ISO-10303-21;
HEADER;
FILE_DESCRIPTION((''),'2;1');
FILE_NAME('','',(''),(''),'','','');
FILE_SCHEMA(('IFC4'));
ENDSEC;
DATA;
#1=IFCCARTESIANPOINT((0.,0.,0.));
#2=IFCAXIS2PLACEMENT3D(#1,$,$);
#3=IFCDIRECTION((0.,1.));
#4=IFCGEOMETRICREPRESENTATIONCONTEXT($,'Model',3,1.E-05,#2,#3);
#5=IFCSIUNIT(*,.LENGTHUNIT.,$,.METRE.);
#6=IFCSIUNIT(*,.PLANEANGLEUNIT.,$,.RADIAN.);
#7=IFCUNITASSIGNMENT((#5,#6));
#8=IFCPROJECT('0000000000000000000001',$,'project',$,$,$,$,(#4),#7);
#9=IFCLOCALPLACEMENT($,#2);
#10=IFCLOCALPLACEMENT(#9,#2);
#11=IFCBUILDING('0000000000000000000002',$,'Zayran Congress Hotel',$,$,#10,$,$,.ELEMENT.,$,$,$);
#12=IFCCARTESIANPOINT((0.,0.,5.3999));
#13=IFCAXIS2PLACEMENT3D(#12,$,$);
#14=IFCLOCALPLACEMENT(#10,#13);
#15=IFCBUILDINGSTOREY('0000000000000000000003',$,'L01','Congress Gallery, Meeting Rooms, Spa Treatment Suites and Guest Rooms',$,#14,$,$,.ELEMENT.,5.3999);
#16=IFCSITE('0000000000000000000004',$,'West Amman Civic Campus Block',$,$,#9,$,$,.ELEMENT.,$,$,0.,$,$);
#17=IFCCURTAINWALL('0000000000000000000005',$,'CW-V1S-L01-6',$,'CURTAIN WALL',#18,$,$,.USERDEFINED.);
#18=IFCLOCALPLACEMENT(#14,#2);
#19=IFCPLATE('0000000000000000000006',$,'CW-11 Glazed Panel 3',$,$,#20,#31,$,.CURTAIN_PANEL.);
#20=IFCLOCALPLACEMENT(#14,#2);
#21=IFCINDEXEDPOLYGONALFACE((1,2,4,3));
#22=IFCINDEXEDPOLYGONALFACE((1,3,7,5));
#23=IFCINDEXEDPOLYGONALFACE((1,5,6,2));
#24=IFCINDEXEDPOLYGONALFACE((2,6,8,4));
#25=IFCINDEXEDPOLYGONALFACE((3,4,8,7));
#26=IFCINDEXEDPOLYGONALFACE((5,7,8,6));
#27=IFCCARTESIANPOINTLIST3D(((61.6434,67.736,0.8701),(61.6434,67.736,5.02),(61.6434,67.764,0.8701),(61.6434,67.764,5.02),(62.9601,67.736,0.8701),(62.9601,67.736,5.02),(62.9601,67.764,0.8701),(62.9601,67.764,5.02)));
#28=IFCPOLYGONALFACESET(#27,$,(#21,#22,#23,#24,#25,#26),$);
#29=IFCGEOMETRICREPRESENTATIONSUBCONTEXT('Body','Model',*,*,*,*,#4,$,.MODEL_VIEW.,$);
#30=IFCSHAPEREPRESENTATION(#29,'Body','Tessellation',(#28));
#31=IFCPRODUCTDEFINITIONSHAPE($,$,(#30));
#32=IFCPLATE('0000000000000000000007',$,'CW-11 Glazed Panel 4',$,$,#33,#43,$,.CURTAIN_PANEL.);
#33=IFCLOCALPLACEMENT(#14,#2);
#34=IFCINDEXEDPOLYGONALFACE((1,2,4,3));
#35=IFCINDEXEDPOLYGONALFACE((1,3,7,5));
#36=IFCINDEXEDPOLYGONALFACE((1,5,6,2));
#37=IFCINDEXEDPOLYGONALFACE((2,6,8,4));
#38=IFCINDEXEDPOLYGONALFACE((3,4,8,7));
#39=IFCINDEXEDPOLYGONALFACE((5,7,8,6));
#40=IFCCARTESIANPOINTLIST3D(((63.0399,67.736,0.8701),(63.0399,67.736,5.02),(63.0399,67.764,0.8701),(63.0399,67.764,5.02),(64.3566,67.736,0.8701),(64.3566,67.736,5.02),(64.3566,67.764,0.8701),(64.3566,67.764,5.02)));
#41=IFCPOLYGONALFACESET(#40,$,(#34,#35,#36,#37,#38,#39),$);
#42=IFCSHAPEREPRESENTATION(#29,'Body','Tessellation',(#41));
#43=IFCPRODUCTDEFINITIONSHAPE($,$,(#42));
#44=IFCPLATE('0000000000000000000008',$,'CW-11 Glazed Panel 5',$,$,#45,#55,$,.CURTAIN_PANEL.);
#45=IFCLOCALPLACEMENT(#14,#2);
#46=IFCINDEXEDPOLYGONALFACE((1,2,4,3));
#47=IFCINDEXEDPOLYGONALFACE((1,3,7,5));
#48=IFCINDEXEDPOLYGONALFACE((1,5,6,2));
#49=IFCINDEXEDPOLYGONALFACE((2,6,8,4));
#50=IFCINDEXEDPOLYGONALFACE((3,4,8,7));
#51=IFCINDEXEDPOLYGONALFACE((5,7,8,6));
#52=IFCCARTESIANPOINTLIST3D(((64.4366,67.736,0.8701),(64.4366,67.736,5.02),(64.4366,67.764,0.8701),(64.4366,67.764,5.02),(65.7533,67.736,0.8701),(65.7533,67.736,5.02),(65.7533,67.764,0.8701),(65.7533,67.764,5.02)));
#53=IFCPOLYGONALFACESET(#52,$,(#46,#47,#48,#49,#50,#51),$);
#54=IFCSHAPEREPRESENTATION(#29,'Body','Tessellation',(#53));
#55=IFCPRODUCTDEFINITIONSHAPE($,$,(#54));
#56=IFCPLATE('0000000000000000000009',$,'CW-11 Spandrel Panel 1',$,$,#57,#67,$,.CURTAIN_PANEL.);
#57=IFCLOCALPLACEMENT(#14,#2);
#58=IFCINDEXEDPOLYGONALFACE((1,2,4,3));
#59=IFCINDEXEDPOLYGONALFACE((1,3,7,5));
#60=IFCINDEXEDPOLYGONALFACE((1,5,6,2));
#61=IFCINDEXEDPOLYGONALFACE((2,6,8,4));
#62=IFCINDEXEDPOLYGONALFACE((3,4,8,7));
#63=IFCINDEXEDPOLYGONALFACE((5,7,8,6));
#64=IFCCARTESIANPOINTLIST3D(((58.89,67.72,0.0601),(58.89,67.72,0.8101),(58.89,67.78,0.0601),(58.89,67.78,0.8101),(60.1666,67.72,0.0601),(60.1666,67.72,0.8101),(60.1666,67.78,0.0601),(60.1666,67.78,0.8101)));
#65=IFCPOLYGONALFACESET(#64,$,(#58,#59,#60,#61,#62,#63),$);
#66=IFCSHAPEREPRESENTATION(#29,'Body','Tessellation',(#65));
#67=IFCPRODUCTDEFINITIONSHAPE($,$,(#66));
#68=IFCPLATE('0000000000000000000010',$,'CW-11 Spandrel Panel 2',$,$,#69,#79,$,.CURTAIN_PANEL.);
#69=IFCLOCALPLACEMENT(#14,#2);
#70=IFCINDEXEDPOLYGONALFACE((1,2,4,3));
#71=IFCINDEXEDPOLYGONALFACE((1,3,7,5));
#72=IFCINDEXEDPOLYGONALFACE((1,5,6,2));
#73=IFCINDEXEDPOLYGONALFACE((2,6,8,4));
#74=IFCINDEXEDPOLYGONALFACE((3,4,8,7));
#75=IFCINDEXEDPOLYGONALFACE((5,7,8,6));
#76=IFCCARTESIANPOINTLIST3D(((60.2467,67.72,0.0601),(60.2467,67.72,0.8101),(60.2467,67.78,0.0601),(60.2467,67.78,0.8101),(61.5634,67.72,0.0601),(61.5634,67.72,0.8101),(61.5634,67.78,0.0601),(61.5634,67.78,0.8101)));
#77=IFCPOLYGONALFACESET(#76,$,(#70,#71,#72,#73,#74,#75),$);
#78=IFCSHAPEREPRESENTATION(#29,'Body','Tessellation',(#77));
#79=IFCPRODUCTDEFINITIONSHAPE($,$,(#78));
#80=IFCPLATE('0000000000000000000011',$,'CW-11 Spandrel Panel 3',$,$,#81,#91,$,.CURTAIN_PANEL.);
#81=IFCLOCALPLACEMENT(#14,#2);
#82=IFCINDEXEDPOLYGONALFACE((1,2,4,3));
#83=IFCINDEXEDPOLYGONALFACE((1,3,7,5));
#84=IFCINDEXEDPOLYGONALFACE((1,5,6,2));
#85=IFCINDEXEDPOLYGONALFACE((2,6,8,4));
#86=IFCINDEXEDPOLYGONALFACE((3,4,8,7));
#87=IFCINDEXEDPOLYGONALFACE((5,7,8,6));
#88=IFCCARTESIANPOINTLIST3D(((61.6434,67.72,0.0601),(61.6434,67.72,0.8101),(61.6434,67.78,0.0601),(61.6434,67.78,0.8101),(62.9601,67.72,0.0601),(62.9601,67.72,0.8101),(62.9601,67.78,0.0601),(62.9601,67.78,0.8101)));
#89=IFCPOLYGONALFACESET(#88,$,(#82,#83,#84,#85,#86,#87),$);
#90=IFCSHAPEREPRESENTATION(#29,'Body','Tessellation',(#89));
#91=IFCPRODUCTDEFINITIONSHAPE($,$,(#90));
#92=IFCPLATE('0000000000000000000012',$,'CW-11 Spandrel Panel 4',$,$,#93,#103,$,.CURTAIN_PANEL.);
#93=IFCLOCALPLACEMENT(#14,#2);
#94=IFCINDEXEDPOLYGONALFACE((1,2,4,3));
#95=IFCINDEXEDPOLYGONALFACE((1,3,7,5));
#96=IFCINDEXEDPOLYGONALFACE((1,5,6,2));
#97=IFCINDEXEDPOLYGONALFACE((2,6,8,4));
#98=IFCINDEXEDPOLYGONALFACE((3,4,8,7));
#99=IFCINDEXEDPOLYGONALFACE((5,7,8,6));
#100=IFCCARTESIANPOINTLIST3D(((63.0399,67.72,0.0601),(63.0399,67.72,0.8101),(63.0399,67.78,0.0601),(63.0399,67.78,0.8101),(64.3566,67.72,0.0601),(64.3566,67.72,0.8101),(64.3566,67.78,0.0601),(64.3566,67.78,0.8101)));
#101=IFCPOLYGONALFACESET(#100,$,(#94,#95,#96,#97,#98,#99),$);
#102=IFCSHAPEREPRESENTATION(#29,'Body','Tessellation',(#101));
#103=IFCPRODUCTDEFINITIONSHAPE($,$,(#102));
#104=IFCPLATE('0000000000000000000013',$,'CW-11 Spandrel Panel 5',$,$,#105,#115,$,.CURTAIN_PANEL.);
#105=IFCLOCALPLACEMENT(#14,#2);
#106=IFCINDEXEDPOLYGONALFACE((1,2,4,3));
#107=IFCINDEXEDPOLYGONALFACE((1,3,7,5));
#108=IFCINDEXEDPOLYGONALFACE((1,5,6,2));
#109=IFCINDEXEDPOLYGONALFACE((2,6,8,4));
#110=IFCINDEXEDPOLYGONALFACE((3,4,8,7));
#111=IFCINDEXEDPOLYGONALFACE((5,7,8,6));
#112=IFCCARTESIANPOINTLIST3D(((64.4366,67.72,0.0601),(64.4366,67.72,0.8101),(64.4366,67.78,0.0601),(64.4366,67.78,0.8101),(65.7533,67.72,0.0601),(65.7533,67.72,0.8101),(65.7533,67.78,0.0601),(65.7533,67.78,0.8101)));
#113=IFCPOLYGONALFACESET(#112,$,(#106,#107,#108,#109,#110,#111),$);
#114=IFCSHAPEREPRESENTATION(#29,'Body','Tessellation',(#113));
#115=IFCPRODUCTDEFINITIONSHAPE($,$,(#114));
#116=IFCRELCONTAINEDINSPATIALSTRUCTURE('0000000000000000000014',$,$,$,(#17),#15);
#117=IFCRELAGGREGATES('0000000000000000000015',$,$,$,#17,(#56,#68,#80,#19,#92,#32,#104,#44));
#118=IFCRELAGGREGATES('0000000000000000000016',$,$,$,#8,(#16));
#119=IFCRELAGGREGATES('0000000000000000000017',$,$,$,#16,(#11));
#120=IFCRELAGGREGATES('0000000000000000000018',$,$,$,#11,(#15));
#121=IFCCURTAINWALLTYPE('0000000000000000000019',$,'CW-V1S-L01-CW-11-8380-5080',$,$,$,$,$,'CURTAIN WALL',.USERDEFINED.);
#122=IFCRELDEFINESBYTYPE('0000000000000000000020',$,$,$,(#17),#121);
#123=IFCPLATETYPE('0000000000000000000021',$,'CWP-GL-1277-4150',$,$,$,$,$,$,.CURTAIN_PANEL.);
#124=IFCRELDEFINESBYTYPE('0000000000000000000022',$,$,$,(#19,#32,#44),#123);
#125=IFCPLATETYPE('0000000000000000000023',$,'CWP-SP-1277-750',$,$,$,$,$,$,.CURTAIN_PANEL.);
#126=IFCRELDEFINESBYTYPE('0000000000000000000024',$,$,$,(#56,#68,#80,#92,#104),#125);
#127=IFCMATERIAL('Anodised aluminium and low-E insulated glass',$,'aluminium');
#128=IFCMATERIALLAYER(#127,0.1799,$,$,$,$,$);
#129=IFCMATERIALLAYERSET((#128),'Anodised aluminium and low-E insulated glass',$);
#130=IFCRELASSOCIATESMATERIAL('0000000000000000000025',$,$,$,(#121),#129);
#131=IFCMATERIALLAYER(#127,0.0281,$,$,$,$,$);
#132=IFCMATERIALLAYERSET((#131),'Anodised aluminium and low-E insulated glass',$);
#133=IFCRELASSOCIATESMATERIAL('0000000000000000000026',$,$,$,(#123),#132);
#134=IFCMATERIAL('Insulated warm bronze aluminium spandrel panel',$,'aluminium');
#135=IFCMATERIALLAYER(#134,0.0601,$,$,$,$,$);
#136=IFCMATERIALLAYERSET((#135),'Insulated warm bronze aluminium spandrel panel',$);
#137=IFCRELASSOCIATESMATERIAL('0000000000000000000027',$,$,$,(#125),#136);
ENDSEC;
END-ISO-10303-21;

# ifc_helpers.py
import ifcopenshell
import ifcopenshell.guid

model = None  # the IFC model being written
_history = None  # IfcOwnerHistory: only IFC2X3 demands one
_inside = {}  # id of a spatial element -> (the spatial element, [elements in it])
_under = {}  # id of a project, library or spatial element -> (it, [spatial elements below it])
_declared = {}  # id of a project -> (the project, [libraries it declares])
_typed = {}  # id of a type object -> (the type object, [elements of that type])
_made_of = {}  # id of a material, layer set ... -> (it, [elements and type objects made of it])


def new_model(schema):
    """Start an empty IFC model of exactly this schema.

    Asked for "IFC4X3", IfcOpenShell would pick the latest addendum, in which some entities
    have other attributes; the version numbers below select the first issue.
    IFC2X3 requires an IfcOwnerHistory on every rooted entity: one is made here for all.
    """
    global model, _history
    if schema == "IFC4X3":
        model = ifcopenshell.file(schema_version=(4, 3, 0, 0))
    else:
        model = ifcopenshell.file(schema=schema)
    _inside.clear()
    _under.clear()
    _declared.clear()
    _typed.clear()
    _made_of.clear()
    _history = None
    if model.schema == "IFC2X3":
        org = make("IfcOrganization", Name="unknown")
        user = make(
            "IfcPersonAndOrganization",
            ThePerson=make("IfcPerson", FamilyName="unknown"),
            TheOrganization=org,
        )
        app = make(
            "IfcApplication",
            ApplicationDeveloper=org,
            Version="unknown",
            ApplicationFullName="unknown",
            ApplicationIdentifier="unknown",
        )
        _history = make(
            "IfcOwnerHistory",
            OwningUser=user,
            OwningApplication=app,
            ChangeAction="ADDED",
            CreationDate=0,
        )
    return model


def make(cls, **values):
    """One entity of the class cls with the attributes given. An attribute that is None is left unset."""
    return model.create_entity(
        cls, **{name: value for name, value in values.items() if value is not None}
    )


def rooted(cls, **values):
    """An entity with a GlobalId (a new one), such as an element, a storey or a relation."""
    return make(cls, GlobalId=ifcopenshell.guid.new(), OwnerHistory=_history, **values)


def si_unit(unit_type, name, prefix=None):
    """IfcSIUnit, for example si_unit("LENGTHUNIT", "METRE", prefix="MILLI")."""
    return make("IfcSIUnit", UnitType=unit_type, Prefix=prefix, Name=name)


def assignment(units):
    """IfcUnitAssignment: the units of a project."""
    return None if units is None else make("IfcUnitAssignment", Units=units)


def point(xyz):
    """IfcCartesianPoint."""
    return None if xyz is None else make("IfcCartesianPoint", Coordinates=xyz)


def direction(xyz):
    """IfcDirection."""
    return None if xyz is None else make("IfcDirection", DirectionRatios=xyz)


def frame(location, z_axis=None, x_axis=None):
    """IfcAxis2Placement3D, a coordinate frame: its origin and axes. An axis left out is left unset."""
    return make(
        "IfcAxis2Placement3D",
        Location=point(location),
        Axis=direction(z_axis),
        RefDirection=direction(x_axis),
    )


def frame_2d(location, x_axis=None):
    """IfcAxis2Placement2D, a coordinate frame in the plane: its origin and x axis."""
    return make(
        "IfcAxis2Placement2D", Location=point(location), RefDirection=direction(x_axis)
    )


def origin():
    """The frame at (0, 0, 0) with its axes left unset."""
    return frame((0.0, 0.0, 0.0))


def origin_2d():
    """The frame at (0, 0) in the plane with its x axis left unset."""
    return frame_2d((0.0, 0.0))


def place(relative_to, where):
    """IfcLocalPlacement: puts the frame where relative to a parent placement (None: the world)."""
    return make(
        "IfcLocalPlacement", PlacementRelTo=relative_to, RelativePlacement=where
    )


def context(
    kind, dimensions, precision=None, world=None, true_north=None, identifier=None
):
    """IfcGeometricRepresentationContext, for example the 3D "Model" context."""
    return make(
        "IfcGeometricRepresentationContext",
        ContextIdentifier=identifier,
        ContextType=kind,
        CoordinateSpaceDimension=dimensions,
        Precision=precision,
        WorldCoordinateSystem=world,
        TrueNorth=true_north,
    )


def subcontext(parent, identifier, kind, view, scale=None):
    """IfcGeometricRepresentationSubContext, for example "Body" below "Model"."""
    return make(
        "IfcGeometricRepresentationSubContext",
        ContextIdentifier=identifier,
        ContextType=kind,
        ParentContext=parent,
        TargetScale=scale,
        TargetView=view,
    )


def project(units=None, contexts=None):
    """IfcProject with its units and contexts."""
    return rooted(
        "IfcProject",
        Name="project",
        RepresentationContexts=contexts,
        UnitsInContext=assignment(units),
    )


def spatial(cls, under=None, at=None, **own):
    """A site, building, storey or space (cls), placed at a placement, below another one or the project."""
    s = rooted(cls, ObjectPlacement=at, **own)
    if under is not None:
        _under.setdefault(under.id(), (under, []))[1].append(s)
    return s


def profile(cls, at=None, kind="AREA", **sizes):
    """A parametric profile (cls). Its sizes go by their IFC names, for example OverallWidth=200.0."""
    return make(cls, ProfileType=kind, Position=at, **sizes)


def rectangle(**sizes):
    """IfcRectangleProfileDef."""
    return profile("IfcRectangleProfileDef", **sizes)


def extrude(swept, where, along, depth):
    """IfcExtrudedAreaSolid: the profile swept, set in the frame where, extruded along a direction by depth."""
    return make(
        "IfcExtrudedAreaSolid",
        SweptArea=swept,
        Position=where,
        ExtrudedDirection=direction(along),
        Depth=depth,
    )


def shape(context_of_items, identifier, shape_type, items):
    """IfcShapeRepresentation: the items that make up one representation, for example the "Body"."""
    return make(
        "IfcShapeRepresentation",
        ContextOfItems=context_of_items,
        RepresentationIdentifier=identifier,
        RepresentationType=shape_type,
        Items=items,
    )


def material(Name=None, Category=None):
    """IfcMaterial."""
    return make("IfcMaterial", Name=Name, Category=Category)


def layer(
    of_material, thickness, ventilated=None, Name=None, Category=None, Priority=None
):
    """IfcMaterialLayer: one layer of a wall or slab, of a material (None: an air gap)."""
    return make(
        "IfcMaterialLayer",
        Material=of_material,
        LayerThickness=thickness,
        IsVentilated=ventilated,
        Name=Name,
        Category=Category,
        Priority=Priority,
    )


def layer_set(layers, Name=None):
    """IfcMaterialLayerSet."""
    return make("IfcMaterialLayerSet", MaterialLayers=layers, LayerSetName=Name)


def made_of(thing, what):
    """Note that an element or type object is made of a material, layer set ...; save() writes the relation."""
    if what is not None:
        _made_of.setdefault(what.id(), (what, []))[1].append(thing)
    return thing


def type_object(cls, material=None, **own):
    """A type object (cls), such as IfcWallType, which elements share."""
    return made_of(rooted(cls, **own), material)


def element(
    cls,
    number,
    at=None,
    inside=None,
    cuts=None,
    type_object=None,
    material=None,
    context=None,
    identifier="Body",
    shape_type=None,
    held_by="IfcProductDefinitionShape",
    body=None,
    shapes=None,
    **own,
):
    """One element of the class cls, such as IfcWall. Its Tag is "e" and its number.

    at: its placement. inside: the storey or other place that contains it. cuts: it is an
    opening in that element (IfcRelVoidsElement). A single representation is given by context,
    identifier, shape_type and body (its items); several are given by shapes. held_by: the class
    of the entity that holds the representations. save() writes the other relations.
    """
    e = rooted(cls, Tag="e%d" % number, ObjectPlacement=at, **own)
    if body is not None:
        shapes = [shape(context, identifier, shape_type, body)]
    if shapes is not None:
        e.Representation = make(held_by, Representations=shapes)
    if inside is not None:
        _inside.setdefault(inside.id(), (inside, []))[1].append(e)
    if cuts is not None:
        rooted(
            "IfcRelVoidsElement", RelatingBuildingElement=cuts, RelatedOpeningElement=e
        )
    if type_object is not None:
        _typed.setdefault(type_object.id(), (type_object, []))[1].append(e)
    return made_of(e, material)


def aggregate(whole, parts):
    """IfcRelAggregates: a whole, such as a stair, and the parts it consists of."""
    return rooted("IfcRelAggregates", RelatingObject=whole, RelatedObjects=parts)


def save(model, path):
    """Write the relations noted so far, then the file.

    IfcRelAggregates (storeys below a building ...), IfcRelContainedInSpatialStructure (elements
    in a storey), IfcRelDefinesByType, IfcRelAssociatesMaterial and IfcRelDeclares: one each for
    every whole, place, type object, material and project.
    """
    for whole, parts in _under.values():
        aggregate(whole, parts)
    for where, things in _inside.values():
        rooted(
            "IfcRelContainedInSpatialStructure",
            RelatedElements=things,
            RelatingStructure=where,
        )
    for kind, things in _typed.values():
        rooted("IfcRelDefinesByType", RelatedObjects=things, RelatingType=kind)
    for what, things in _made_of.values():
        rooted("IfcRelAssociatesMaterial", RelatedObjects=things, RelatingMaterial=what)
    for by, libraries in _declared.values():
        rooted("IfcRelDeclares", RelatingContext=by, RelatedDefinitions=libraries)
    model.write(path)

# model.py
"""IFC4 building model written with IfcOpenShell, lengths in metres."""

from ifc_helpers import new_model, si_unit, direction, frame, origin, origin_2d, place, context, subcontext, project, spatial, rectangle, extrude, material, layer, layer_set, type_object, element, aggregate, save


model = new_model("IFC4")

# Units and contexts
model_context = context("Model", 3, precision=1e-05, world=origin(), true_north=direction((0.0, 1.0)))
body_context = subcontext(model_context, "Body", "Model", "MODEL_VIEW")
ifc_project = project(units=[si_unit("LENGTHUNIT", "METRE"), si_unit("PLANEANGLEUNIT", "RADIAN")], contexts=[model_context])

# Site, building, storey
site_placement = place(None, origin())
site = spatial("IfcSite", under=ifc_project, at=site_placement, Name="West Amman Civic Campus Block", CompositionType="ELEMENT", RefElevation=0.0)
building_placement = place(site_placement, origin())
building = spatial("IfcBuilding", under=site, at=building_placement, Name="Zayran Congress Hotel", CompositionType="ELEMENT")
storey_placement = place(building_placement, frame((0.0, 0.0, 5.3999)))
storey = spatial("IfcBuildingStorey", under=building, at=storey_placement, Name="L01", Description="Congress Gallery, Meeting Rooms, Spa Treatment Suites and Guest Rooms", CompositionType="ELEMENT", Elevation=5.3999)

# Curtain wall, plates
ifc_material_1 = material(Name="Anodised aluminium and low-E insulated glass", Category="aluminium")
ifc_layer_1 = layer(ifc_material_1, 0.1799)
ifc_layer_set_1 = layer_set([ifc_layer_1], Name="Anodised aluminium and low-E insulated glass")
curtain_wall_type = type_object("IfcCurtainWallType", Name="CW-V1S-L01-CW-11-8380-5080", ElementType="CURTAIN WALL", PredefinedType="USERDEFINED", material=ifc_layer_set_1)
curtain_wall_placement = place(storey_placement, origin())
curtain_wall = element("IfcCurtainWall", 1, at=curtain_wall_placement, inside=storey, type_object=curtain_wall_type, Name="CW-V1S-L01-6", ObjectType="CURTAIN WALL", PredefinedType="USERDEFINED")
ifc_layer_2 = layer(ifc_material_1, 0.0281)
ifc_layer_set_2 = layer_set([ifc_layer_2], Name="Anodised aluminium and low-E insulated glass")
plate_type_1 = type_object("IfcPlateType", Name="CWP-GL-1277-4150", PredefinedType="CURTAIN_PANEL", material=ifc_layer_set_2)
plate_1_placement = place(storey_placement, frame((62.3018, 67.75, 0.8701), z_axis=(0.0, 0.0, 1.0), x_axis=(1.0, 0.0, 0.0)))
plate_1 = element("IfcPlate", 2, at=plate_1_placement, type_object=plate_type_1, Name="CW-11 Glazed Panel 3", PredefinedType="CURTAIN_PANEL", context=body_context, shape_type="SweptSolid", body=[
    extrude(rectangle(XDim=1.3167, YDim=0.0281, at=origin_2d()), origin(), (0.0, 0.0, 1.0), 4.1499),
])
plate_2_placement = place(storey_placement, frame((63.6982, 67.75, 0.8701), z_axis=(0.0, 0.0, 1.0), x_axis=(1.0, 0.0, 0.0)))
plate_2 = element("IfcPlate", 3, at=plate_2_placement, type_object=plate_type_1, Name="CW-11 Glazed Panel 4", PredefinedType="CURTAIN_PANEL", context=body_context, shape_type="SweptSolid", body=[
    extrude(rectangle(XDim=1.3167, YDim=0.0281, at=origin_2d()), origin(), (0.0, 0.0, 1.0), 4.1499),
])
plate_3_placement = place(storey_placement, frame((65.095, 67.75, 0.8701), z_axis=(0.0, 0.0, 1.0), x_axis=(1.0, 0.0, 0.0)))
plate_3 = element("IfcPlate", 4, at=plate_3_placement, type_object=plate_type_1, Name="CW-11 Glazed Panel 5", PredefinedType="CURTAIN_PANEL", context=body_context, shape_type="SweptSolid", body=[
    extrude(rectangle(XDim=1.3167, YDim=0.0281, at=origin_2d()), origin(), (0.0, 0.0, 1.0), 4.1499),
])
ifc_material_2 = material(Name="Insulated warm bronze aluminium spandrel panel", Category="aluminium")
ifc_layer_3 = layer(ifc_material_2, 0.0601)
ifc_layer_set_3 = layer_set([ifc_layer_3], Name="Insulated warm bronze aluminium spandrel panel")
plate_type_2 = type_object("IfcPlateType", Name="CWP-SP-1277-750", PredefinedType="CURTAIN_PANEL", material=ifc_layer_set_3)
plate_4_placement = place(storey_placement, frame((59.5283, 67.75, 0.0601), z_axis=(0.0, 0.0, 1.0), x_axis=(1.0, 0.0, 0.0)))
plate_4 = element("IfcPlate", 5, at=plate_4_placement, type_object=plate_type_2, Name="CW-11 Spandrel Panel 1", PredefinedType="CURTAIN_PANEL", context=body_context, shape_type="SweptSolid", body=[
    extrude(rectangle(XDim=1.2766, YDim=0.0601, at=origin_2d()), origin(), (0.0, 0.0, 1.0), 0.75),
])
plate_5_placement = place(storey_placement, frame((60.905, 67.75, 0.0601), z_axis=(0.0, 0.0, 1.0), x_axis=(1.0, 0.0, 0.0)))
plate_5 = element("IfcPlate", 6, at=plate_5_placement, type_object=plate_type_2, Name="CW-11 Spandrel Panel 2", PredefinedType="CURTAIN_PANEL", context=body_context, shape_type="SweptSolid", body=[
    extrude(rectangle(XDim=1.3167, YDim=0.0601, at=origin_2d()), origin(), (0.0, 0.0, 1.0), 0.75),
])
plate_6_placement = place(storey_placement, frame((62.3018, 67.75, 0.0601), z_axis=(0.0, 0.0, 1.0), x_axis=(1.0, 0.0, 0.0)))
plate_6 = element("IfcPlate", 7, at=plate_6_placement, type_object=plate_type_2, Name="CW-11 Spandrel Panel 3", PredefinedType="CURTAIN_PANEL", context=body_context, shape_type="SweptSolid", body=[
    extrude(rectangle(XDim=1.3167, YDim=0.0601, at=origin_2d()), origin(), (0.0, 0.0, 1.0), 0.75),
])
plate_7_placement = place(storey_placement, frame((63.6982, 67.75, 0.0601), z_axis=(0.0, 0.0, 1.0), x_axis=(1.0, 0.0, 0.0)))
plate_7 = element("IfcPlate", 8, at=plate_7_placement, type_object=plate_type_2, Name="CW-11 Spandrel Panel 4", PredefinedType="CURTAIN_PANEL", context=body_context, shape_type="SweptSolid", body=[
    extrude(rectangle(XDim=1.3167, YDim=0.0601, at=origin_2d()), origin(), (0.0, 0.0, 1.0), 0.75),
])
plate_8_placement = place(storey_placement, frame((65.095, 67.75, 0.0601), z_axis=(0.0, 0.0, 1.0), x_axis=(1.0, 0.0, 0.0)))
plate_8 = element("IfcPlate", 9, at=plate_8_placement, type_object=plate_type_2, Name="CW-11 Spandrel Panel 5", PredefinedType="CURTAIN_PANEL", context=body_context, shape_type="SweptSolid", body=[
    extrude(rectangle(XDim=1.3167, YDim=0.0601, at=origin_2d()), origin(), (0.0, 0.0, 1.0), 0.75),
])
aggregate(curtain_wall, [plate_4, plate_5, plate_6, plate_1, plate_7, plate_2, plate_8, plate_3])

save(model, "model.ifc")
